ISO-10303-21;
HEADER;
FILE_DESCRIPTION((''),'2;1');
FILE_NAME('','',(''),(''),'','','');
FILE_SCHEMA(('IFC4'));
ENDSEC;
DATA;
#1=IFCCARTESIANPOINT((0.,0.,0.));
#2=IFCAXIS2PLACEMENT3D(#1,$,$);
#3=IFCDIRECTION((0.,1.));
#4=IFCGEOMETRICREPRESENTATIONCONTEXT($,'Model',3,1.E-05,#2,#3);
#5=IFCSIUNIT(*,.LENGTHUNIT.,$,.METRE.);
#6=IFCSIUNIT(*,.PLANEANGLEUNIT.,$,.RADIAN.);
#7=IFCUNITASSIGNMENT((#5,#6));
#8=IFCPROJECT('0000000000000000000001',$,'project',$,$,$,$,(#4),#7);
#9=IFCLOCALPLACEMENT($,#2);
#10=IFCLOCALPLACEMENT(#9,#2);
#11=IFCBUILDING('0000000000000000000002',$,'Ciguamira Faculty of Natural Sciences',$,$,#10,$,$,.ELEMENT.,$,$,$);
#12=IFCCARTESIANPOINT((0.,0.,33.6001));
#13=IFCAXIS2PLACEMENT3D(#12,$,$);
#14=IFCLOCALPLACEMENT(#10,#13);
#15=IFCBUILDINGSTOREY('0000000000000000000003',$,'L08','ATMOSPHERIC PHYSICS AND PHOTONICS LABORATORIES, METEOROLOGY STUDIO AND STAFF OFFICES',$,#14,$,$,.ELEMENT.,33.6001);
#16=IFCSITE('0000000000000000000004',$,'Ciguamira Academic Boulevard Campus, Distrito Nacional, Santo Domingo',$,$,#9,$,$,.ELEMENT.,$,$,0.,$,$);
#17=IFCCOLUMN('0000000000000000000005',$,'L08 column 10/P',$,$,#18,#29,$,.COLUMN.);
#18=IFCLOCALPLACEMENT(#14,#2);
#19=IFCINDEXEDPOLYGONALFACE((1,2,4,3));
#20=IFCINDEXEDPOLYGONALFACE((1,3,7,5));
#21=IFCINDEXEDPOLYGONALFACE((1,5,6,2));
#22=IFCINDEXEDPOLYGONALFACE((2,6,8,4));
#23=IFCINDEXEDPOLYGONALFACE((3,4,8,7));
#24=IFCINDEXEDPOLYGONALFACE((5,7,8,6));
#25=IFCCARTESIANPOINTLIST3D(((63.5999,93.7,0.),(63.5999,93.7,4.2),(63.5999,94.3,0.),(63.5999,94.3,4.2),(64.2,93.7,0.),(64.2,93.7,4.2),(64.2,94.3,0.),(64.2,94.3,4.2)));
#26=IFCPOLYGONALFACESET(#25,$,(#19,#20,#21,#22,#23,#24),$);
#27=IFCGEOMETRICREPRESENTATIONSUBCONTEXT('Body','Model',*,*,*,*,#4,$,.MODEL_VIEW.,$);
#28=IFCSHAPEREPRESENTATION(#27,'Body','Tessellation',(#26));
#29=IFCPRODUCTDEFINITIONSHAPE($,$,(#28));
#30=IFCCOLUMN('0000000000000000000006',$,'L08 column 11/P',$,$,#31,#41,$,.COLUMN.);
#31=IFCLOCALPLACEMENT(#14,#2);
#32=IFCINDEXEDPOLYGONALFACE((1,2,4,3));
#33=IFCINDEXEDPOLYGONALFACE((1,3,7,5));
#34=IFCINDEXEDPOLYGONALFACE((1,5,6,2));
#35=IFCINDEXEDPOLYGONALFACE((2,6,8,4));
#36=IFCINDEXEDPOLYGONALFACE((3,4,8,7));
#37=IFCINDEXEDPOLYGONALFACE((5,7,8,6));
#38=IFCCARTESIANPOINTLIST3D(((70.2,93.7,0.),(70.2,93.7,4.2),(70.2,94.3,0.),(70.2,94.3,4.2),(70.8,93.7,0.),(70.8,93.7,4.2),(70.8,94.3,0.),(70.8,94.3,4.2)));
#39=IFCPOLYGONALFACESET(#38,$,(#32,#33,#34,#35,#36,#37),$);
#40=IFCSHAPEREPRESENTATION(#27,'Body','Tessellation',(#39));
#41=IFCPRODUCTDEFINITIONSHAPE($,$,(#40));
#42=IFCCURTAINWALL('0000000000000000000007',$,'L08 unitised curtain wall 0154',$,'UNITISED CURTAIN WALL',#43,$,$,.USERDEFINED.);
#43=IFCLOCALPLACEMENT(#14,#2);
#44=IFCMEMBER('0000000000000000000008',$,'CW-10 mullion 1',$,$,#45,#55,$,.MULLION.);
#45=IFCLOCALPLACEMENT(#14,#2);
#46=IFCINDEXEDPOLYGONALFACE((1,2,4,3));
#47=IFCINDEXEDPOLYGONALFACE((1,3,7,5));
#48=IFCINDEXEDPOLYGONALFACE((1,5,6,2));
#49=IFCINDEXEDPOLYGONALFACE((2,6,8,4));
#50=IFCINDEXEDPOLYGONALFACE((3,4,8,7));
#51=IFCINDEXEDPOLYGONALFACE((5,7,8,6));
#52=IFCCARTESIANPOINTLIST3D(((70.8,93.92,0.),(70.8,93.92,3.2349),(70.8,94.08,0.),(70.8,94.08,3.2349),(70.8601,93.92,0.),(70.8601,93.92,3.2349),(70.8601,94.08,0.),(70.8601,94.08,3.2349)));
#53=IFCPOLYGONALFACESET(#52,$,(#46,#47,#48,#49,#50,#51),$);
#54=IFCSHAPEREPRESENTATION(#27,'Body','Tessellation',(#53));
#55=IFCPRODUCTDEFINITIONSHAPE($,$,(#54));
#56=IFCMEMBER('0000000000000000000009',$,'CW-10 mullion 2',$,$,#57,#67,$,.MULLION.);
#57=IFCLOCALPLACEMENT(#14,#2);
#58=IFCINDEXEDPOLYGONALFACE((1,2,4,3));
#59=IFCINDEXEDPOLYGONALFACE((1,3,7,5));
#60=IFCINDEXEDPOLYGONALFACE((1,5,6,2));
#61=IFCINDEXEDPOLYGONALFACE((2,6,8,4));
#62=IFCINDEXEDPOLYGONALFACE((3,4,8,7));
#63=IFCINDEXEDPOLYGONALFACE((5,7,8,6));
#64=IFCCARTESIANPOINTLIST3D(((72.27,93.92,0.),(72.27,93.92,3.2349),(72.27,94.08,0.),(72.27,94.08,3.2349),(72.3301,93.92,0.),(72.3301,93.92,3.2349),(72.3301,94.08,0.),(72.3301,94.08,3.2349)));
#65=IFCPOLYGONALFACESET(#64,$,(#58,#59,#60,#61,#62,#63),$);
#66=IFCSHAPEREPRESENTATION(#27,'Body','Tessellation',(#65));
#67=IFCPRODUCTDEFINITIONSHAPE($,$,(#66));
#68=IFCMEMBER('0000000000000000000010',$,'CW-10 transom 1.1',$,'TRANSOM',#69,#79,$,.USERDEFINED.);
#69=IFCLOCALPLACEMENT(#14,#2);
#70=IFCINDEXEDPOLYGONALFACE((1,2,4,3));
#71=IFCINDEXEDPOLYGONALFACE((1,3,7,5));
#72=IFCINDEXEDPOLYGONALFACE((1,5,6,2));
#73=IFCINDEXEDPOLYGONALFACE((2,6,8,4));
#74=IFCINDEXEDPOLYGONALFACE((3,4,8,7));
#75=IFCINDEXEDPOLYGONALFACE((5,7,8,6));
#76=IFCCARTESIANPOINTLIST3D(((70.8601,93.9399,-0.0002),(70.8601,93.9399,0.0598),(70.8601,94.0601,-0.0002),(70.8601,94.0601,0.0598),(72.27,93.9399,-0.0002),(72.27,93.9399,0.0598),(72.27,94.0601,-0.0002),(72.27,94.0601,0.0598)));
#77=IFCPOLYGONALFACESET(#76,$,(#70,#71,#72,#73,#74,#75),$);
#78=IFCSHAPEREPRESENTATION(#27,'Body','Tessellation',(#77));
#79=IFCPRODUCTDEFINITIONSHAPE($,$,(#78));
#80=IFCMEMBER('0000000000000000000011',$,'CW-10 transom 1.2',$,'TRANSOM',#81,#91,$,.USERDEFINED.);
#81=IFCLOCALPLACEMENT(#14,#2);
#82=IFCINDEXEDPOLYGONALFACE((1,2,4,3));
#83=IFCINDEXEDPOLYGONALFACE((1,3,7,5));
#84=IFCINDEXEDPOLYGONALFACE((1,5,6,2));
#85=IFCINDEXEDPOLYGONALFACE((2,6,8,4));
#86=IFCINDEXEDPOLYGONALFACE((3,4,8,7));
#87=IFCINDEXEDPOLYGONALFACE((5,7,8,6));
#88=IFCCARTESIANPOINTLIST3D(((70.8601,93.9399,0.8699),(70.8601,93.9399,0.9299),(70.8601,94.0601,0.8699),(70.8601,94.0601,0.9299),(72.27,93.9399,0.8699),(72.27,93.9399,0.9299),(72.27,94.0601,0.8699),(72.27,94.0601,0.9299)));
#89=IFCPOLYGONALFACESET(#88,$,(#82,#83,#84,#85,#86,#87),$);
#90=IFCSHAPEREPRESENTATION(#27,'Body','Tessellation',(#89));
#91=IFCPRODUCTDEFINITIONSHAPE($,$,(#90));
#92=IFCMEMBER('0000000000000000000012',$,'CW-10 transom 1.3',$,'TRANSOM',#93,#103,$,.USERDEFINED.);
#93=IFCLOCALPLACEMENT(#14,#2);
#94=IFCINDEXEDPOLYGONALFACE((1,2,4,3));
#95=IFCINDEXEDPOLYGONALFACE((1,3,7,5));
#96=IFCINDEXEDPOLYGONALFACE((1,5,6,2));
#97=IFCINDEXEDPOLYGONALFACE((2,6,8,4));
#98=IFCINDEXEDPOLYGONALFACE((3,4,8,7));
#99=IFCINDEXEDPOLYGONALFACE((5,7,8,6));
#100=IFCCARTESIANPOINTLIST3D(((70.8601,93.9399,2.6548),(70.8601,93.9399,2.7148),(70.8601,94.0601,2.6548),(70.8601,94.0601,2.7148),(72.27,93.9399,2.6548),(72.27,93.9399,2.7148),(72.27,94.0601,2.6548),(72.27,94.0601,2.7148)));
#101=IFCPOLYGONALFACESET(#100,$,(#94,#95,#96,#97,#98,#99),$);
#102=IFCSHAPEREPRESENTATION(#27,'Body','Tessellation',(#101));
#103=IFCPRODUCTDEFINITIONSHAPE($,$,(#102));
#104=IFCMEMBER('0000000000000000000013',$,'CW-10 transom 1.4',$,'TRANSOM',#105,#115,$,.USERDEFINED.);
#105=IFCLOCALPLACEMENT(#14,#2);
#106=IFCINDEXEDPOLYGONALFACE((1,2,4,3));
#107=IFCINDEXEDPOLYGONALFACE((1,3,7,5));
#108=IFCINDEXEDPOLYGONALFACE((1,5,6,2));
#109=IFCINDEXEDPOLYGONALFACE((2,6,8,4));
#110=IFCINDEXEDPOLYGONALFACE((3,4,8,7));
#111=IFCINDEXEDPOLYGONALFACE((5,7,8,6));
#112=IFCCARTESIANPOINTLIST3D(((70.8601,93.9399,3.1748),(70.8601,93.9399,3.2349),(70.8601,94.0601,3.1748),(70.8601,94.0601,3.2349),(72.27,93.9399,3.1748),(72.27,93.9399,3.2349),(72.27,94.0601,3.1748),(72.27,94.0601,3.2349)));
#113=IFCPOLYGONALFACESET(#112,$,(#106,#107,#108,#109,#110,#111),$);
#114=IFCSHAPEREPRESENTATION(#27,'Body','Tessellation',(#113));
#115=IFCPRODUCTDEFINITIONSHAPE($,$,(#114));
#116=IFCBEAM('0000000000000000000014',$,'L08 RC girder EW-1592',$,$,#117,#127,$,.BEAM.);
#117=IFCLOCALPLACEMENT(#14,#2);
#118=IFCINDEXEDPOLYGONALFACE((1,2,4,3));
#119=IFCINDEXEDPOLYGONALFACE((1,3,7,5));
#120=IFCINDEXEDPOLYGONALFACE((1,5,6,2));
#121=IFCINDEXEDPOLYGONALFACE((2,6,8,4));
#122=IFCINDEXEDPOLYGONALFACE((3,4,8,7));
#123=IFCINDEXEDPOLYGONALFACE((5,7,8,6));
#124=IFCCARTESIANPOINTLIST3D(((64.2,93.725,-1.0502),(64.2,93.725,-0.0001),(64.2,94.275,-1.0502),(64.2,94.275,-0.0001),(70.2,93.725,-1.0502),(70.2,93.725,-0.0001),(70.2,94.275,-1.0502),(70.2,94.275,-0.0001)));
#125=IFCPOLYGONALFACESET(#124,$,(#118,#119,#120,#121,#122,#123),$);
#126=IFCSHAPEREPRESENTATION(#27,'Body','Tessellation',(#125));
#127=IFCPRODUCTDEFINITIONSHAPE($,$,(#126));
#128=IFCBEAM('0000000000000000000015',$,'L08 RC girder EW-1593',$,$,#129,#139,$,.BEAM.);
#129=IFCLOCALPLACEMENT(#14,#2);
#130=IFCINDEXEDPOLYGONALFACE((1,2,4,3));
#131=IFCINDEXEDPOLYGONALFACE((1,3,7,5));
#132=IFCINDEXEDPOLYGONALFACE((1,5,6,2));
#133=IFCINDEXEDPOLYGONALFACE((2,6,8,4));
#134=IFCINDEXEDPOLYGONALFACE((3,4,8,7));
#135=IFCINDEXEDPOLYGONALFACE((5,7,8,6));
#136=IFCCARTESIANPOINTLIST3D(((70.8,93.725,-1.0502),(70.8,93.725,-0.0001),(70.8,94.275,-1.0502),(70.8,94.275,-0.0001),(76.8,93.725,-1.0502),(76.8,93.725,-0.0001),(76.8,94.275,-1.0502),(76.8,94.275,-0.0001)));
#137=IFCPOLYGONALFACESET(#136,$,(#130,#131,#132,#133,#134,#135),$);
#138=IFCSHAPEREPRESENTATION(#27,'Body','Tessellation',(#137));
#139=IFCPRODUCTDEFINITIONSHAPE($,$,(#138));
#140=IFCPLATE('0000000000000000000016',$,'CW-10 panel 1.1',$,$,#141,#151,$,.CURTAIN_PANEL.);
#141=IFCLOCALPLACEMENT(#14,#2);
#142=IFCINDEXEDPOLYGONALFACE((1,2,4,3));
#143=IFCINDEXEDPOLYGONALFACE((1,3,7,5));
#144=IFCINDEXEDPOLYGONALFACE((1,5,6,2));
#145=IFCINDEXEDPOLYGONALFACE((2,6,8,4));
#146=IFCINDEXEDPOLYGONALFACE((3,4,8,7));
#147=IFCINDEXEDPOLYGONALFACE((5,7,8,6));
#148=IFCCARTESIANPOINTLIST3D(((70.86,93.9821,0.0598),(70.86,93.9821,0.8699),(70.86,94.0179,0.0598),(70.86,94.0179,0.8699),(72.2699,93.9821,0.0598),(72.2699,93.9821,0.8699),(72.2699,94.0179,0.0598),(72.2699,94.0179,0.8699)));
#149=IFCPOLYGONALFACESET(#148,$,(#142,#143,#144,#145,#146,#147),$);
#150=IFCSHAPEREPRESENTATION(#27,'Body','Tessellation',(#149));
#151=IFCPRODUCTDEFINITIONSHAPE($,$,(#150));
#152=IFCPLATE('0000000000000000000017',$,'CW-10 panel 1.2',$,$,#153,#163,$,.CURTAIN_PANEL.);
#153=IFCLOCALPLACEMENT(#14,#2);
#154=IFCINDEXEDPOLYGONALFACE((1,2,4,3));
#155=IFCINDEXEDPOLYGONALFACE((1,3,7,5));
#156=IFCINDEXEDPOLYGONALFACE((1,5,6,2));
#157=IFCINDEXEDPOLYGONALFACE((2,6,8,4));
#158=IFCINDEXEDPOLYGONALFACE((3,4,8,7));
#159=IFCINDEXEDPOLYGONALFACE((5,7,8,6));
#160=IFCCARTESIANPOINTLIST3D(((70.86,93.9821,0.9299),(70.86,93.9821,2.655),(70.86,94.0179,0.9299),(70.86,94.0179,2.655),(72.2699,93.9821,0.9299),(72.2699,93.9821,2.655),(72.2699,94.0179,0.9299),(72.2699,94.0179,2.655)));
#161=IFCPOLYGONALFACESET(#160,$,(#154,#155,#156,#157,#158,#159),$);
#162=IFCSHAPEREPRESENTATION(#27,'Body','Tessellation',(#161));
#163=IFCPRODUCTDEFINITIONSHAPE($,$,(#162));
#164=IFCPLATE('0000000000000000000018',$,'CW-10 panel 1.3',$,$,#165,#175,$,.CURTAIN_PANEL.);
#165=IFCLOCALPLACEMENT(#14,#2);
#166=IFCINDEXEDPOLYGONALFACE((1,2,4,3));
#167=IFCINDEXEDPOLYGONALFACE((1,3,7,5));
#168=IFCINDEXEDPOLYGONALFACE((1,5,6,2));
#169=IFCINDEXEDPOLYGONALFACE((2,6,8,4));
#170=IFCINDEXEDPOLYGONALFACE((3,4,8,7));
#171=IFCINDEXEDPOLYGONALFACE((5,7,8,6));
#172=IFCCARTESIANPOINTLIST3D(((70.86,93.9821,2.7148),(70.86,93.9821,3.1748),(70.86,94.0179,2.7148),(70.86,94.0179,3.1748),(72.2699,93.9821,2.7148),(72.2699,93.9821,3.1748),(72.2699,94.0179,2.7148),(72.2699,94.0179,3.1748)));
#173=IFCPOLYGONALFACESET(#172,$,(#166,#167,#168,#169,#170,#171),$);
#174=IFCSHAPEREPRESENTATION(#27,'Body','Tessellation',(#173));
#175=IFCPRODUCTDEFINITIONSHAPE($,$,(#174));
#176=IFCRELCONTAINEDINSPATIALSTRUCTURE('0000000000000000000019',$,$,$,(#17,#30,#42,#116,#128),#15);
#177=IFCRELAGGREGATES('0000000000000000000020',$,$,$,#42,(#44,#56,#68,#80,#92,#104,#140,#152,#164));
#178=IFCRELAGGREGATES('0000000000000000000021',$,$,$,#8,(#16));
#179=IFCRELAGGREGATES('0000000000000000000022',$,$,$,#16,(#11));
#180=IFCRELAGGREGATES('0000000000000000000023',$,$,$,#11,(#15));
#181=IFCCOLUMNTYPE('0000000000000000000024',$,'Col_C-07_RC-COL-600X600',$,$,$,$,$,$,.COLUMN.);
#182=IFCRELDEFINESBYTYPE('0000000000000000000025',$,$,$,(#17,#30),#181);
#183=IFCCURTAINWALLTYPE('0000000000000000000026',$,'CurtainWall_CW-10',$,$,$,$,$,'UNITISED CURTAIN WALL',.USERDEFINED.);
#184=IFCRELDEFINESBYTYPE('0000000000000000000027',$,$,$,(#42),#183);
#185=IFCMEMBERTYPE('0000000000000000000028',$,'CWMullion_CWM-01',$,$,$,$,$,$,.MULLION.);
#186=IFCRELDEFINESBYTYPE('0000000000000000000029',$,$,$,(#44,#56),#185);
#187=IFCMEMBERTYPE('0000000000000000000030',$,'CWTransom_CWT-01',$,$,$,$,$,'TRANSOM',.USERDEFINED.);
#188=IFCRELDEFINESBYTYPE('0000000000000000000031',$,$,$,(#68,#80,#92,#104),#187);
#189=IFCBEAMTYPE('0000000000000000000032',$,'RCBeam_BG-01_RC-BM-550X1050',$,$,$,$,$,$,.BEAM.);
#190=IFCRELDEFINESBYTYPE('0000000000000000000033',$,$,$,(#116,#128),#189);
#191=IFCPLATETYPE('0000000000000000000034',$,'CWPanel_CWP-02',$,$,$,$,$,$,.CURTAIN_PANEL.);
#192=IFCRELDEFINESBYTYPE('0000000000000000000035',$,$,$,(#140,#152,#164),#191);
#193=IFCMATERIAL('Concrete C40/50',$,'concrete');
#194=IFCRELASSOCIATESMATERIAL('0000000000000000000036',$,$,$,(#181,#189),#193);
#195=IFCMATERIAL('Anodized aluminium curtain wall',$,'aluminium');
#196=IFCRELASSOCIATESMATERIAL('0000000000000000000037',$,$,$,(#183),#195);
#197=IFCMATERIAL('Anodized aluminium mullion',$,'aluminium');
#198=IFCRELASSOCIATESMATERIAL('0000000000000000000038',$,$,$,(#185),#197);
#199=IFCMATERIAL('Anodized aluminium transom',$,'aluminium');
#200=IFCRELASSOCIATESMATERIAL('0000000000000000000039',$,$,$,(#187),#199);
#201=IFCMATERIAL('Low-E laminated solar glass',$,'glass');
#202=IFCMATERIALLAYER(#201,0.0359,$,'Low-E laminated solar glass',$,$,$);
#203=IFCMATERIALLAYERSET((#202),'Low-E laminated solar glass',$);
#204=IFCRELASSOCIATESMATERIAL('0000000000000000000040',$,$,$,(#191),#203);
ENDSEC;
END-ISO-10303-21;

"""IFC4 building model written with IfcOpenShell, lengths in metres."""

from ifc_helpers import new_model, si_unit, direction, frame, origin, origin_2d, place, context, subcontext, project, spatial, rectangle, extrude, material, layer, layer_set, material_profile, profile_set, type_object, element, aggregate, save


model = new_model("IFC4")

# Units and contexts
model_context = context("Model", 3, precision=1e-05, world=origin(), true_north=direction((0.0, 1.0)))
body_context = subcontext(model_context, "Body", "Model", "MODEL_VIEW")
ifc_project = project(units=[si_unit("LENGTHUNIT", "METRE"), si_unit("PLANEANGLEUNIT", "RADIAN")], contexts=[model_context])

# Site, building, storey
site_placement = place(None, origin())
site = spatial("IfcSite", under=ifc_project, at=site_placement, Name="Ciguamira Academic Boulevard Campus, Distrito Nacional, Santo Domingo", CompositionType="ELEMENT", RefElevation=0.0)
building_placement = place(site_placement, origin())
building = spatial("IfcBuilding", under=site, at=building_placement, Name="Ciguamira Faculty of Natural Sciences", CompositionType="ELEMENT")
storey_placement = place(building_placement, frame((0.0, 0.0, 33.6001)))
storey = spatial("IfcBuildingStorey", under=building, at=storey_placement, Name="L08", Description="ATMOSPHERIC PHYSICS AND PHOTONICS LABORATORIES, METEOROLOGY STUDIO AND STAFF OFFICES", CompositionType="ELEMENT", Elevation=33.6001)

# Columns
ifc_material_1 = material(Name="Concrete C40/50", Category="concrete")
ifc_material_profile_1 = material_profile(ifc_material_1, rectangle(XDim=0.6001, YDim=0.6001, at=origin_2d()), Name="RC-COL-600X600")
ifc_profile_set_1 = profile_set([ifc_material_profile_1], Name="Concrete C40/50")
column_type = type_object("IfcColumnType", Name="Col_C-07_RC-COL-600X600", PredefinedType="COLUMN", material=ifc_profile_set_1)
for number, where, z_axis, x_axis, name in (
    (1, (63.8999, 94.0, 0.0), (0.0, 0.0, 1.0), (1.0, 0.0, 0.0), "L08 column 10/P"),
    (2, (70.5, 94.0, 0.0), (0.0, 0.0, 1.0), (1.0, 0.0, 0.0), "L08 column 11/P"),
):
    element("IfcColumn", number, at=place(storey_placement, frame(where, z_axis=z_axis, x_axis=x_axis)), inside=storey, type_object=column_type, Name=name, PredefinedType="COLUMN", context=body_context, shape_type="SweptSolid", body=[
        extrude(rectangle(XDim=0.6001, YDim=0.6001, at=origin_2d()), origin(), (0.0, 0.0, 1.0), 4.2),
    ])

# Curtain wall, members
ifc_material_2 = material(Name="Anodized aluminium curtain wall", Category="aluminium")
curtain_wall_type = type_object("IfcCurtainWallType", Name="CurtainWall_CW-10", ElementType="UNITISED CURTAIN WALL", PredefinedType="USERDEFINED", material=ifc_material_2)
curtain_wall_placement = place(storey_placement, origin())
curtain_wall = element("IfcCurtainWall", 3, at=curtain_wall_placement, inside=storey, type_object=curtain_wall_type, Name="L08 unitised curtain wall 0154", ObjectType="UNITISED CURTAIN WALL", PredefinedType="USERDEFINED")
ifc_material_3 = material(Name="Anodized aluminium mullion", Category="aluminium")
ifc_material_profile_2 = material_profile(ifc_material_3, rectangle(XDim=0.0601, YDim=0.1599, at=origin_2d()), Name="ALU-MUL-60X160")
ifc_profile_set_2 = profile_set([ifc_material_profile_2], Name="Anodized aluminium mullion")
member_type_1 = type_object("IfcMemberType", Name="CWMullion_CWM-01", PredefinedType="MULLION", material=ifc_profile_set_2)
member_1_placement = place(storey_placement, frame((70.8301, 94.0, 0.0), z_axis=(0.0, 0.0, 1.0), x_axis=(1.0, 0.0, 0.0)))
member_1 = element("IfcMember", 4, at=member_1_placement, type_object=member_type_1, Name="CW-10 mullion 1", PredefinedType="MULLION", context=body_context, shape_type="SweptSolid", body=[
    extrude(rectangle(XDim=0.0601, YDim=0.1599, at=origin_2d()), origin(), (0.0, 0.0, 1.0), 3.2349),
])
member_2_placement = place(storey_placement, frame((72.3, 94.0, 0.0), z_axis=(0.0, 0.0, 1.0), x_axis=(1.0, 0.0, 0.0)))
member_2 = element("IfcMember", 5, at=member_2_placement, type_object=member_type_1, Name="CW-10 mullion 2", PredefinedType="MULLION", context=body_context, shape_type="SweptSolid", body=[
    extrude(rectangle(XDim=0.0601, YDim=0.1599, at=origin_2d()), origin(), (0.0, 0.0, 1.0), 3.2349),
])
ifc_material_4 = material(Name="Anodized aluminium transom", Category="aluminium")
ifc_material_profile_3 = material_profile(ifc_material_4, rectangle(XDim=0.0601, YDim=0.1201, at=origin_2d()), Name="ALU-TRN-60X120")
ifc_profile_set_3 = profile_set([ifc_material_profile_3], Name="Anodized aluminium transom")
member_type_2 = type_object("IfcMemberType", Name="CWTransom_CWT-01", ElementType="TRANSOM", PredefinedType="USERDEFINED", material=ifc_profile_set_3)
member_3_placement = place(storey_placement, frame((70.8601, 94.0, 0.0298), z_axis=(1.0, 0.0, 0.0), x_axis=(0.0, 0.0, 1.0)))
member_3 = element("IfcMember", 6, at=member_3_placement, type_object=member_type_2, Name="CW-10 transom 1.1", ObjectType="TRANSOM", PredefinedType="USERDEFINED", context=body_context, shape_type="SweptSolid", body=[
    extrude(rectangle(XDim=0.0601, YDim=0.1201, at=origin_2d()), origin(), (0.0, 0.0, 1.0), 1.4099),
])
member_4_placement = place(storey_placement, frame((70.8601, 94.0, 0.8999), z_axis=(1.0, 0.0, 0.0), x_axis=(0.0, 0.0, 1.0)))
member_4 = element("IfcMember", 7, at=member_4_placement, type_object=member_type_2, Name="CW-10 transom 1.2", ObjectType="TRANSOM", PredefinedType="USERDEFINED", context=body_context, shape_type="SweptSolid", body=[
    extrude(rectangle(XDim=0.0601, YDim=0.1201, at=origin_2d()), origin(), (0.0, 0.0, 1.0), 1.4099),
])
member_5_placement = place(storey_placement, frame((70.8601, 94.0, 2.6848), z_axis=(1.0, 0.0, 0.0), x_axis=(0.0, 0.0, 1.0)))
member_5 = element("IfcMember", 8, at=member_5_placement, type_object=member_type_2, Name="CW-10 transom 1.3", ObjectType="TRANSOM", PredefinedType="USERDEFINED", context=body_context, shape_type="SweptSolid", body=[
    extrude(rectangle(XDim=0.0601, YDim=0.1201, at=origin_2d()), origin(), (0.0, 0.0, 1.0), 1.4099),
])
member_6_placement = place(storey_placement, frame((70.8601, 94.0, 3.2048), z_axis=(1.0, 0.0, 0.0), x_axis=(0.0, 0.0, 1.0)))
member_6 = element("IfcMember", 9, at=member_6_placement, type_object=member_type_2, Name="CW-10 transom 1.4", ObjectType="TRANSOM", PredefinedType="USERDEFINED", context=body_context, shape_type="SweptSolid", body=[
    extrude(rectangle(XDim=0.0601, YDim=0.1201, at=origin_2d()), origin(), (0.0, 0.0, 1.0), 1.4099),
])

# Beams
ifc_material_profile_4 = material_profile(ifc_material_1, rectangle(XDim=0.55, YDim=1.05, at=origin_2d()), Name="RC-BM-550X1050")
ifc_profile_set_4 = profile_set([ifc_material_profile_4], Name="Concrete C40/50")
beam_type = type_object("IfcBeamType", Name="RCBeam_BG-01_RC-BM-550X1050", PredefinedType="BEAM", material=ifc_profile_set_4)
for number, where, z_axis, x_axis, name in (
    (10, (64.2, 94.0, -0.5251), (1.0, 0.0, 0.0), (0.0, 1.0, 0.0), "L08 RC girder EW-1592"),
    (11, (70.8, 94.0, -0.5251), (1.0, 0.0, 0.0), (0.0, 1.0, 0.0), "L08 RC girder EW-1593"),
):
    element("IfcBeam", number, at=place(storey_placement, frame(where, z_axis=z_axis, x_axis=x_axis)), inside=storey, type_object=beam_type, Name=name, PredefinedType="BEAM", context=body_context, shape_type="SweptSolid", body=[
        extrude(rectangle(XDim=0.55, YDim=1.05, at=origin_2d()), origin(), (0.0, 0.0, 1.0), 6.0),
    ])

# Plates
ifc_material_5 = material(Name="Low-E laminated solar glass", Category="glass")
ifc_layer_1 = layer(ifc_material_5, 0.0359, Name="Low-E laminated solar glass")
ifc_layer_set_1 = layer_set([ifc_layer_1], Name="Low-E laminated solar glass")
plate_type = type_object("IfcPlateType", Name="CWPanel_CWP-02", PredefinedType="CURTAIN_PANEL", material=ifc_layer_set_1)
plate_1_placement = place(storey_placement, frame((71.5649, 94.0, 0.0598), z_axis=(0.0, 0.0, 1.0), x_axis=(1.0, 0.0, 0.0)))
plate_1 = element("IfcPlate", 12, at=plate_1_placement, type_object=plate_type, Name="CW-10 panel 1.1", PredefinedType="CURTAIN_PANEL", context=body_context, shape_type="SweptSolid", body=[
    extrude(rectangle(XDim=1.4099, YDim=0.0359, at=origin_2d()), origin(), (0.0, 0.0, 1.0), 0.8101),
])
plate_2_placement = place(storey_placement, frame((71.5649, 94.0, 0.9299), z_axis=(0.0, 0.0, 1.0), x_axis=(1.0, 0.0, 0.0)))
plate_2 = element("IfcPlate", 13, at=plate_2_placement, type_object=plate_type, Name="CW-10 panel 1.2", PredefinedType="CURTAIN_PANEL", context=body_context, shape_type="SweptSolid", body=[
    extrude(rectangle(XDim=1.4099, YDim=0.0359, at=origin_2d()), origin(), (0.0, 0.0, 1.0), 1.7251),
])
plate_3_placement = place(storey_placement, frame((71.5649, 94.0, 2.7148), z_axis=(0.0, 0.0, 1.0), x_axis=(1.0, 0.0, 0.0)))
plate_3 = element("IfcPlate", 14, at=plate_3_placement, type_object=plate_type, Name="CW-10 panel 1.3", PredefinedType="CURTAIN_PANEL", context=body_context, shape_type="SweptSolid", body=[
    extrude(rectangle(XDim=1.4099, YDim=0.0359, at=origin_2d()), origin(), (0.0, 0.0, 1.0), 0.46),
])
aggregate(curtain_wall, [member_1, member_2, member_3, member_4, member_5, member_6, plate_1, plate_2, plate_3])

save(model, "model.ifc")
